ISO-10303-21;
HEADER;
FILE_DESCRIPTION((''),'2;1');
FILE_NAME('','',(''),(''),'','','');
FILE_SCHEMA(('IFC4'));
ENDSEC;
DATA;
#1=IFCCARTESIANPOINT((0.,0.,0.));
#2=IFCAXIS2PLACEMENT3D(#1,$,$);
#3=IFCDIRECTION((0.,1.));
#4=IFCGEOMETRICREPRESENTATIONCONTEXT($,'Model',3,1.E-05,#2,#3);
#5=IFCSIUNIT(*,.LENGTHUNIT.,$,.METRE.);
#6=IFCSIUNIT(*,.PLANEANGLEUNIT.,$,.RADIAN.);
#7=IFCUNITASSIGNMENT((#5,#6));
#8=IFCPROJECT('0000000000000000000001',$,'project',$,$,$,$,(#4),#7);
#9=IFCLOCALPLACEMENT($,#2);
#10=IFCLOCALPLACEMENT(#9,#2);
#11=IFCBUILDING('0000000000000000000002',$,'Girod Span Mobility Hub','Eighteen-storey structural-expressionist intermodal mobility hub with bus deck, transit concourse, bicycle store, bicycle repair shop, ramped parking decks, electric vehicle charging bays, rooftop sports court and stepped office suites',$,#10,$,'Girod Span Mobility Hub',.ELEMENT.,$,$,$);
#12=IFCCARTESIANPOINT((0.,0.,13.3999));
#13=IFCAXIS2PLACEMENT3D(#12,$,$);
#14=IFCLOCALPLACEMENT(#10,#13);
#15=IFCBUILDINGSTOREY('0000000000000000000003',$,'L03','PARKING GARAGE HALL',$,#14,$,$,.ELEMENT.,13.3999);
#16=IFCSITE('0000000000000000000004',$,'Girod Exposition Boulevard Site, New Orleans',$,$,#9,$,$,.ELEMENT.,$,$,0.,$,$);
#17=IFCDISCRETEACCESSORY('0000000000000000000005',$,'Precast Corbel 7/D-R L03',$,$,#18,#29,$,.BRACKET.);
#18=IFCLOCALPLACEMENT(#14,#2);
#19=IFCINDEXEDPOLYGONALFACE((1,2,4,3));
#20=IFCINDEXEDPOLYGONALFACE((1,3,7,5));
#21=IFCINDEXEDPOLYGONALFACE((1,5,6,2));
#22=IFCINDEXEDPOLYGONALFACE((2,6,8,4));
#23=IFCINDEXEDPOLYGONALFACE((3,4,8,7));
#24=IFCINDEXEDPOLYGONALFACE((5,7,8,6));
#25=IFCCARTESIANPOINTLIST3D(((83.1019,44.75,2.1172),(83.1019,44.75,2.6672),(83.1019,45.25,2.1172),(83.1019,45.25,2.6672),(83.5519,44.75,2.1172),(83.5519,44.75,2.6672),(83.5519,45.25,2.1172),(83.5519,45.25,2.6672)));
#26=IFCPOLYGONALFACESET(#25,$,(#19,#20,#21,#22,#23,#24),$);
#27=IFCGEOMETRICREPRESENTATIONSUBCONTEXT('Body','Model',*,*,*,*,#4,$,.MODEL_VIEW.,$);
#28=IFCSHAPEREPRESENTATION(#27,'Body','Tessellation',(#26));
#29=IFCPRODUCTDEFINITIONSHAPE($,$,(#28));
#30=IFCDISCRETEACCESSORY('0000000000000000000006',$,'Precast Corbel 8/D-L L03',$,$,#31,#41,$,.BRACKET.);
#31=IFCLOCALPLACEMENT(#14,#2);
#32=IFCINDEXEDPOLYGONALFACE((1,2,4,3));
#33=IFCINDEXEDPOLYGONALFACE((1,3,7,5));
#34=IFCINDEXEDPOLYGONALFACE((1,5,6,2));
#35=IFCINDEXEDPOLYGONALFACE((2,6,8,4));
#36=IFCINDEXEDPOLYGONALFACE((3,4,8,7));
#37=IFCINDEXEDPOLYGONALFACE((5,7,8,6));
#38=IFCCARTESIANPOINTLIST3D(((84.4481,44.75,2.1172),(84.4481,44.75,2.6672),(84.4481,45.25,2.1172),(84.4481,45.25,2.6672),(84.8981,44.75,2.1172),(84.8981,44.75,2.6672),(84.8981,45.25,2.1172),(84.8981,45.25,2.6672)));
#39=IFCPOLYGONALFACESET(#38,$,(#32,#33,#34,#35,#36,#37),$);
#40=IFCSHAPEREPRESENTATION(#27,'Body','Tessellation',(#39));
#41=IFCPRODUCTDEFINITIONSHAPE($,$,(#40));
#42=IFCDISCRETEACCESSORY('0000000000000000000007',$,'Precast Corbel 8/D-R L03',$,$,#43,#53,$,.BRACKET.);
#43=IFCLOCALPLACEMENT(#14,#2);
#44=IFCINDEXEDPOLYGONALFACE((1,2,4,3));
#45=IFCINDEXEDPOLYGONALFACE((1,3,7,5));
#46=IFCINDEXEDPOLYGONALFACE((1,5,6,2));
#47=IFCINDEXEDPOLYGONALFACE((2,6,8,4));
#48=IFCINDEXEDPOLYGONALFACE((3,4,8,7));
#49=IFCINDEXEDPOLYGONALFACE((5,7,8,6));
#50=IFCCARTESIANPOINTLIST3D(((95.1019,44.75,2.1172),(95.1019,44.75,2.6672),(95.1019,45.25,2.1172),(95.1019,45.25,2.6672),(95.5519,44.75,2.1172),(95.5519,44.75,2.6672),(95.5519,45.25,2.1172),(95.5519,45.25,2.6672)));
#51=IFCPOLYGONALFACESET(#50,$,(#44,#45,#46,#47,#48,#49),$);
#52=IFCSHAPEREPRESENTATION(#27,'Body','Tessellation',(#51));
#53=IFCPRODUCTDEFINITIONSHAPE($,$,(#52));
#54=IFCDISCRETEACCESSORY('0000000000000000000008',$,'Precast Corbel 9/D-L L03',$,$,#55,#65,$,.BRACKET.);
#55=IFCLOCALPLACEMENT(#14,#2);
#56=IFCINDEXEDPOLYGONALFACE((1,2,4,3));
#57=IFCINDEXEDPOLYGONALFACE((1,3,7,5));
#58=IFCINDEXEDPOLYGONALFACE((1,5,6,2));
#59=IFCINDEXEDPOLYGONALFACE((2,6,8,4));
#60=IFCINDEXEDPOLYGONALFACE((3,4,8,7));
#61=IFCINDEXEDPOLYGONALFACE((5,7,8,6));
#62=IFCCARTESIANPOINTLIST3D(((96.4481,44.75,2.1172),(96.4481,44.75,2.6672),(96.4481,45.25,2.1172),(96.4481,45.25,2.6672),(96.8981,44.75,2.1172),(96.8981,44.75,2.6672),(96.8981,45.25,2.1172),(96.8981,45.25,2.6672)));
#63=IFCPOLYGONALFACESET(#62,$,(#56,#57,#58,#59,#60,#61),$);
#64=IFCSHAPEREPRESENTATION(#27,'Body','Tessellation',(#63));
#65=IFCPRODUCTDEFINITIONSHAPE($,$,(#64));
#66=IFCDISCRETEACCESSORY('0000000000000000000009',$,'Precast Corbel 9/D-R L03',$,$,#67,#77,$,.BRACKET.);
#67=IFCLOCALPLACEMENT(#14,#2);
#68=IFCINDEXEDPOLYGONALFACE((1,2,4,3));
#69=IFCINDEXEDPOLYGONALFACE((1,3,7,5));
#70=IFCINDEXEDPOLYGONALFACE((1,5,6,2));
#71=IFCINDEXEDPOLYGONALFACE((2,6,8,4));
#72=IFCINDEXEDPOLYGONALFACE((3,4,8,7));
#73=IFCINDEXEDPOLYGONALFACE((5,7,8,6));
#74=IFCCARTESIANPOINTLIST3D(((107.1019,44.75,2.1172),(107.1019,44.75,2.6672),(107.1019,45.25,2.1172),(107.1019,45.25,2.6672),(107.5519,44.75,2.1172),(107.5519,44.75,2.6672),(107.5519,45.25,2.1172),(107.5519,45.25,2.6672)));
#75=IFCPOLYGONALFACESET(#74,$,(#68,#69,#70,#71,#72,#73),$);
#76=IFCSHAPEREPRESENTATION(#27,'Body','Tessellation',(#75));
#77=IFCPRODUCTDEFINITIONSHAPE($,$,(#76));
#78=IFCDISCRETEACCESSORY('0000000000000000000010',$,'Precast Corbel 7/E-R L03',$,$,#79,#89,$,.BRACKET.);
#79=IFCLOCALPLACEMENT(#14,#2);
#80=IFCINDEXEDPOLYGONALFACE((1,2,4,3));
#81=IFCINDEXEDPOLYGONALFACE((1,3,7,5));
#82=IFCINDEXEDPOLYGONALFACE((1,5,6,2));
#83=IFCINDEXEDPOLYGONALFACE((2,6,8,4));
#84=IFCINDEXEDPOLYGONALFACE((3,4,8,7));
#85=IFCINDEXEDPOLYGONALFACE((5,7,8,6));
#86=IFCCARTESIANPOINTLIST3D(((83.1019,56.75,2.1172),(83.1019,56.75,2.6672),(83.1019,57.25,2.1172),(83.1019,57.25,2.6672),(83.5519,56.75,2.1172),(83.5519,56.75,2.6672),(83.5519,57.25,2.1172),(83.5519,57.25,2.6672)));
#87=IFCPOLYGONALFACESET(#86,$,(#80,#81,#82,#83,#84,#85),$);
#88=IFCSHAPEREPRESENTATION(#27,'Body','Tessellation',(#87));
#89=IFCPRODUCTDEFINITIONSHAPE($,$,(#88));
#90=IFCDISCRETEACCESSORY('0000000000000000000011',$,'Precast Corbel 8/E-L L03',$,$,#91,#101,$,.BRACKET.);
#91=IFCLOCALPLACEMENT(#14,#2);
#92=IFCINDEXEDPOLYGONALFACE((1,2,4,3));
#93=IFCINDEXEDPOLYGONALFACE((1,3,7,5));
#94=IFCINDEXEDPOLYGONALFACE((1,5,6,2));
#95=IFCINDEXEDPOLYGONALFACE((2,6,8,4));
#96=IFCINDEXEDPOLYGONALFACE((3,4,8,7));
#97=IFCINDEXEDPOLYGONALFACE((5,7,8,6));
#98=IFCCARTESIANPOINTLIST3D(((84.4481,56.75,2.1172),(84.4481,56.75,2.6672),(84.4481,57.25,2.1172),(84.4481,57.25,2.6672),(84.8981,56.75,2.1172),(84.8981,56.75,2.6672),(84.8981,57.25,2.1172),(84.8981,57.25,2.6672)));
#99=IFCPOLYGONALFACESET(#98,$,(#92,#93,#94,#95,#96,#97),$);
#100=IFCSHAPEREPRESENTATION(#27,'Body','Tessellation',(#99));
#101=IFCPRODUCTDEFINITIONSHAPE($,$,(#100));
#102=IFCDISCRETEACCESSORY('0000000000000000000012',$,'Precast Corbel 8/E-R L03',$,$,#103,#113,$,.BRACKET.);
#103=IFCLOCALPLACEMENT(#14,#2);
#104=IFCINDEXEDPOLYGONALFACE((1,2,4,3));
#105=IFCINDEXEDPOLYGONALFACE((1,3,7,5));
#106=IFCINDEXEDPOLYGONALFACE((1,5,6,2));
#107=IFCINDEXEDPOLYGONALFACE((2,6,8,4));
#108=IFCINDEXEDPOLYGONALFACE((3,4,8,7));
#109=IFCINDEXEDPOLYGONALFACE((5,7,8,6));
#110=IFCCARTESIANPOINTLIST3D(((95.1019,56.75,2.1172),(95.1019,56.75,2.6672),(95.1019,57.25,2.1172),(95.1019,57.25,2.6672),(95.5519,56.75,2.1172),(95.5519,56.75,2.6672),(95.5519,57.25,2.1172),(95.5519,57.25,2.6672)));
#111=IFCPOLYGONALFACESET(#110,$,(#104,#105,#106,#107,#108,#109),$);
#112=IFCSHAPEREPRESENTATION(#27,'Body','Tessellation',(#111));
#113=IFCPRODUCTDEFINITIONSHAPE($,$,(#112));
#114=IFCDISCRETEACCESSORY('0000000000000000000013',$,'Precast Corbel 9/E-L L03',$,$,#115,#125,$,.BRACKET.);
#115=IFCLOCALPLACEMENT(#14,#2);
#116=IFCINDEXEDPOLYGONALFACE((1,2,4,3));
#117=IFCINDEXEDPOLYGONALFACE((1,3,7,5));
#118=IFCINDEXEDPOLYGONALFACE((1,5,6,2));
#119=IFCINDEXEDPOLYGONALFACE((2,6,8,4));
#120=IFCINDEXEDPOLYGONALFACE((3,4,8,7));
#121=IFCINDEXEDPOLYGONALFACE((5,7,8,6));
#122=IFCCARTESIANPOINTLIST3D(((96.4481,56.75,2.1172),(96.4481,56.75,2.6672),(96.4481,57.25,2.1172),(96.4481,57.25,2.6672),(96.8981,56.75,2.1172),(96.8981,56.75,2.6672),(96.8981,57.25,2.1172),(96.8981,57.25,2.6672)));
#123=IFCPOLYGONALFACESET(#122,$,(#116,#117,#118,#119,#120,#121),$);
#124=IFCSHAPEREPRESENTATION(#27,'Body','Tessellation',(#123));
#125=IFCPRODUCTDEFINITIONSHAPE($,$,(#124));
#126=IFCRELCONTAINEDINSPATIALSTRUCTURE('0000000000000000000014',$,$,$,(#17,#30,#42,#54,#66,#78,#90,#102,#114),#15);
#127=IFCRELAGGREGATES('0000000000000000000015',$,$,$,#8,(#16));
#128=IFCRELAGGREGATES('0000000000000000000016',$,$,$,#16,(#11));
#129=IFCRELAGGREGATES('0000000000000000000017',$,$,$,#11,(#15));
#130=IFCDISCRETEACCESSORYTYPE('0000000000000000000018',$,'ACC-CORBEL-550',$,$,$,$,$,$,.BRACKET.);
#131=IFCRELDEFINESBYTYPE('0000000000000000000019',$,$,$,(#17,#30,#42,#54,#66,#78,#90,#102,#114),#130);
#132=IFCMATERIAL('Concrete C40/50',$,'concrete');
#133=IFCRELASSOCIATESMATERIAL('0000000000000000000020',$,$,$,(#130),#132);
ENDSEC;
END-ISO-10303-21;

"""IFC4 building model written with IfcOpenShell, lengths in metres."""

from ifc_helpers import new_model, si_unit, direction, frame, origin, origin_2d, place, context, subcontext, project, spatial, rectangle, extrude, material, type_object, element, save


model = new_model("IFC4")

# Units and contexts
model_context = context("Model", 3, precision=1e-05, world=origin(), true_north=direction((0.0, 1.0)))
body_context = subcontext(model_context, "Body", "Model", "MODEL_VIEW")
ifc_project = project(units=[si_unit("LENGTHUNIT", "METRE"), si_unit("PLANEANGLEUNIT", "RADIAN")], contexts=[model_context])

# Site, building, storey
site_placement = place(None, origin())
site = spatial("IfcSite", under=ifc_project, at=site_placement, Name="Girod Exposition Boulevard Site, New Orleans", CompositionType="ELEMENT", RefElevation=0.0)
building_placement = place(site_placement, origin())
building = spatial("IfcBuilding", under=site, at=building_placement, Name="Girod Span Mobility Hub", Description="Eighteen-storey structural-expressionist intermodal mobility hub with bus deck, transit concourse, bicycle store, bicycle repair shop, ramped parking decks, electric vehicle charging bays, rooftop sports court and stepped office suites", LongName="Girod Span Mobility Hub", CompositionType="ELEMENT")
storey_placement = place(building_placement, frame((0.0, 0.0, 13.3999)))
storey = spatial("IfcBuildingStorey", under=building, at=storey_placement, Name="L03", Description="PARKING GARAGE HALL", CompositionType="ELEMENT", Elevation=13.3999)

# Discrete accessories
ifc_material_1 = material(Name="Concrete C40/50", Category="concrete")
discrete_accessory_type = type_object("IfcDiscreteAccessoryType", Name="ACC-CORBEL-550", PredefinedType="BRACKET", material=ifc_material_1)
for number, where, z_axis, x_axis, name in (
    (1, (83.3269, 45.0, 2.1172), (0.0, 0.0, 1.0), (1.0, 0.0, 0.0), "Precast Corbel 7/D-R L03"),
    (2, (84.6731, 45.0, 2.1172), (0.0, 0.0, 1.0), (1.0, 0.0, 0.0), "Precast Corbel 8/D-L L03"),
    (3, (95.3269, 45.0, 2.1172), (0.0, 0.0, 1.0), (1.0, 0.0, 0.0), "Precast Corbel 8/D-R L03"),
    (4, (96.6731, 45.0, 2.1172), (0.0, 0.0, 1.0), (1.0, 0.0, 0.0), "Precast Corbel 9/D-L L03"),
    (5, (107.3269, 45.0, 2.1172), (0.0, 0.0, 1.0), (1.0, 0.0, 0.0), "Precast Corbel 9/D-R L03"),
    (6, (83.3269, 57.0, 2.1172), (0.0, 0.0, 1.0), (1.0, 0.0, 0.0), "Precast Corbel 7/E-R L03"),
    (7, (84.6731, 57.0, 2.1172), (0.0, 0.0, 1.0), (1.0, 0.0, 0.0), "Precast Corbel 8/E-L L03"),
    (8, (95.3269, 57.0, 2.1172), (0.0, 0.0, 1.0), (1.0, 0.0, 0.0), "Precast Corbel 8/E-R L03"),
    (9, (96.6731, 57.0, 2.1172), (0.0, 0.0, 1.0), (1.0, 0.0, 0.0), "Precast Corbel 9/E-L L03"),
):
    element("IfcDiscreteAccessory", number, at=place(storey_placement, frame(where, z_axis=z_axis, x_axis=x_axis)), inside=storey, type_object=discrete_accessory_type, Name=name, PredefinedType="BRACKET", context=body_context, shape_type="SweptSolid", body=[
        extrude(rectangle(XDim=0.45, YDim=0.5, at=origin_2d()), origin(), (0.0, 0.0, 1.0), 0.55),
    ])

save(model, "model.ifc")
